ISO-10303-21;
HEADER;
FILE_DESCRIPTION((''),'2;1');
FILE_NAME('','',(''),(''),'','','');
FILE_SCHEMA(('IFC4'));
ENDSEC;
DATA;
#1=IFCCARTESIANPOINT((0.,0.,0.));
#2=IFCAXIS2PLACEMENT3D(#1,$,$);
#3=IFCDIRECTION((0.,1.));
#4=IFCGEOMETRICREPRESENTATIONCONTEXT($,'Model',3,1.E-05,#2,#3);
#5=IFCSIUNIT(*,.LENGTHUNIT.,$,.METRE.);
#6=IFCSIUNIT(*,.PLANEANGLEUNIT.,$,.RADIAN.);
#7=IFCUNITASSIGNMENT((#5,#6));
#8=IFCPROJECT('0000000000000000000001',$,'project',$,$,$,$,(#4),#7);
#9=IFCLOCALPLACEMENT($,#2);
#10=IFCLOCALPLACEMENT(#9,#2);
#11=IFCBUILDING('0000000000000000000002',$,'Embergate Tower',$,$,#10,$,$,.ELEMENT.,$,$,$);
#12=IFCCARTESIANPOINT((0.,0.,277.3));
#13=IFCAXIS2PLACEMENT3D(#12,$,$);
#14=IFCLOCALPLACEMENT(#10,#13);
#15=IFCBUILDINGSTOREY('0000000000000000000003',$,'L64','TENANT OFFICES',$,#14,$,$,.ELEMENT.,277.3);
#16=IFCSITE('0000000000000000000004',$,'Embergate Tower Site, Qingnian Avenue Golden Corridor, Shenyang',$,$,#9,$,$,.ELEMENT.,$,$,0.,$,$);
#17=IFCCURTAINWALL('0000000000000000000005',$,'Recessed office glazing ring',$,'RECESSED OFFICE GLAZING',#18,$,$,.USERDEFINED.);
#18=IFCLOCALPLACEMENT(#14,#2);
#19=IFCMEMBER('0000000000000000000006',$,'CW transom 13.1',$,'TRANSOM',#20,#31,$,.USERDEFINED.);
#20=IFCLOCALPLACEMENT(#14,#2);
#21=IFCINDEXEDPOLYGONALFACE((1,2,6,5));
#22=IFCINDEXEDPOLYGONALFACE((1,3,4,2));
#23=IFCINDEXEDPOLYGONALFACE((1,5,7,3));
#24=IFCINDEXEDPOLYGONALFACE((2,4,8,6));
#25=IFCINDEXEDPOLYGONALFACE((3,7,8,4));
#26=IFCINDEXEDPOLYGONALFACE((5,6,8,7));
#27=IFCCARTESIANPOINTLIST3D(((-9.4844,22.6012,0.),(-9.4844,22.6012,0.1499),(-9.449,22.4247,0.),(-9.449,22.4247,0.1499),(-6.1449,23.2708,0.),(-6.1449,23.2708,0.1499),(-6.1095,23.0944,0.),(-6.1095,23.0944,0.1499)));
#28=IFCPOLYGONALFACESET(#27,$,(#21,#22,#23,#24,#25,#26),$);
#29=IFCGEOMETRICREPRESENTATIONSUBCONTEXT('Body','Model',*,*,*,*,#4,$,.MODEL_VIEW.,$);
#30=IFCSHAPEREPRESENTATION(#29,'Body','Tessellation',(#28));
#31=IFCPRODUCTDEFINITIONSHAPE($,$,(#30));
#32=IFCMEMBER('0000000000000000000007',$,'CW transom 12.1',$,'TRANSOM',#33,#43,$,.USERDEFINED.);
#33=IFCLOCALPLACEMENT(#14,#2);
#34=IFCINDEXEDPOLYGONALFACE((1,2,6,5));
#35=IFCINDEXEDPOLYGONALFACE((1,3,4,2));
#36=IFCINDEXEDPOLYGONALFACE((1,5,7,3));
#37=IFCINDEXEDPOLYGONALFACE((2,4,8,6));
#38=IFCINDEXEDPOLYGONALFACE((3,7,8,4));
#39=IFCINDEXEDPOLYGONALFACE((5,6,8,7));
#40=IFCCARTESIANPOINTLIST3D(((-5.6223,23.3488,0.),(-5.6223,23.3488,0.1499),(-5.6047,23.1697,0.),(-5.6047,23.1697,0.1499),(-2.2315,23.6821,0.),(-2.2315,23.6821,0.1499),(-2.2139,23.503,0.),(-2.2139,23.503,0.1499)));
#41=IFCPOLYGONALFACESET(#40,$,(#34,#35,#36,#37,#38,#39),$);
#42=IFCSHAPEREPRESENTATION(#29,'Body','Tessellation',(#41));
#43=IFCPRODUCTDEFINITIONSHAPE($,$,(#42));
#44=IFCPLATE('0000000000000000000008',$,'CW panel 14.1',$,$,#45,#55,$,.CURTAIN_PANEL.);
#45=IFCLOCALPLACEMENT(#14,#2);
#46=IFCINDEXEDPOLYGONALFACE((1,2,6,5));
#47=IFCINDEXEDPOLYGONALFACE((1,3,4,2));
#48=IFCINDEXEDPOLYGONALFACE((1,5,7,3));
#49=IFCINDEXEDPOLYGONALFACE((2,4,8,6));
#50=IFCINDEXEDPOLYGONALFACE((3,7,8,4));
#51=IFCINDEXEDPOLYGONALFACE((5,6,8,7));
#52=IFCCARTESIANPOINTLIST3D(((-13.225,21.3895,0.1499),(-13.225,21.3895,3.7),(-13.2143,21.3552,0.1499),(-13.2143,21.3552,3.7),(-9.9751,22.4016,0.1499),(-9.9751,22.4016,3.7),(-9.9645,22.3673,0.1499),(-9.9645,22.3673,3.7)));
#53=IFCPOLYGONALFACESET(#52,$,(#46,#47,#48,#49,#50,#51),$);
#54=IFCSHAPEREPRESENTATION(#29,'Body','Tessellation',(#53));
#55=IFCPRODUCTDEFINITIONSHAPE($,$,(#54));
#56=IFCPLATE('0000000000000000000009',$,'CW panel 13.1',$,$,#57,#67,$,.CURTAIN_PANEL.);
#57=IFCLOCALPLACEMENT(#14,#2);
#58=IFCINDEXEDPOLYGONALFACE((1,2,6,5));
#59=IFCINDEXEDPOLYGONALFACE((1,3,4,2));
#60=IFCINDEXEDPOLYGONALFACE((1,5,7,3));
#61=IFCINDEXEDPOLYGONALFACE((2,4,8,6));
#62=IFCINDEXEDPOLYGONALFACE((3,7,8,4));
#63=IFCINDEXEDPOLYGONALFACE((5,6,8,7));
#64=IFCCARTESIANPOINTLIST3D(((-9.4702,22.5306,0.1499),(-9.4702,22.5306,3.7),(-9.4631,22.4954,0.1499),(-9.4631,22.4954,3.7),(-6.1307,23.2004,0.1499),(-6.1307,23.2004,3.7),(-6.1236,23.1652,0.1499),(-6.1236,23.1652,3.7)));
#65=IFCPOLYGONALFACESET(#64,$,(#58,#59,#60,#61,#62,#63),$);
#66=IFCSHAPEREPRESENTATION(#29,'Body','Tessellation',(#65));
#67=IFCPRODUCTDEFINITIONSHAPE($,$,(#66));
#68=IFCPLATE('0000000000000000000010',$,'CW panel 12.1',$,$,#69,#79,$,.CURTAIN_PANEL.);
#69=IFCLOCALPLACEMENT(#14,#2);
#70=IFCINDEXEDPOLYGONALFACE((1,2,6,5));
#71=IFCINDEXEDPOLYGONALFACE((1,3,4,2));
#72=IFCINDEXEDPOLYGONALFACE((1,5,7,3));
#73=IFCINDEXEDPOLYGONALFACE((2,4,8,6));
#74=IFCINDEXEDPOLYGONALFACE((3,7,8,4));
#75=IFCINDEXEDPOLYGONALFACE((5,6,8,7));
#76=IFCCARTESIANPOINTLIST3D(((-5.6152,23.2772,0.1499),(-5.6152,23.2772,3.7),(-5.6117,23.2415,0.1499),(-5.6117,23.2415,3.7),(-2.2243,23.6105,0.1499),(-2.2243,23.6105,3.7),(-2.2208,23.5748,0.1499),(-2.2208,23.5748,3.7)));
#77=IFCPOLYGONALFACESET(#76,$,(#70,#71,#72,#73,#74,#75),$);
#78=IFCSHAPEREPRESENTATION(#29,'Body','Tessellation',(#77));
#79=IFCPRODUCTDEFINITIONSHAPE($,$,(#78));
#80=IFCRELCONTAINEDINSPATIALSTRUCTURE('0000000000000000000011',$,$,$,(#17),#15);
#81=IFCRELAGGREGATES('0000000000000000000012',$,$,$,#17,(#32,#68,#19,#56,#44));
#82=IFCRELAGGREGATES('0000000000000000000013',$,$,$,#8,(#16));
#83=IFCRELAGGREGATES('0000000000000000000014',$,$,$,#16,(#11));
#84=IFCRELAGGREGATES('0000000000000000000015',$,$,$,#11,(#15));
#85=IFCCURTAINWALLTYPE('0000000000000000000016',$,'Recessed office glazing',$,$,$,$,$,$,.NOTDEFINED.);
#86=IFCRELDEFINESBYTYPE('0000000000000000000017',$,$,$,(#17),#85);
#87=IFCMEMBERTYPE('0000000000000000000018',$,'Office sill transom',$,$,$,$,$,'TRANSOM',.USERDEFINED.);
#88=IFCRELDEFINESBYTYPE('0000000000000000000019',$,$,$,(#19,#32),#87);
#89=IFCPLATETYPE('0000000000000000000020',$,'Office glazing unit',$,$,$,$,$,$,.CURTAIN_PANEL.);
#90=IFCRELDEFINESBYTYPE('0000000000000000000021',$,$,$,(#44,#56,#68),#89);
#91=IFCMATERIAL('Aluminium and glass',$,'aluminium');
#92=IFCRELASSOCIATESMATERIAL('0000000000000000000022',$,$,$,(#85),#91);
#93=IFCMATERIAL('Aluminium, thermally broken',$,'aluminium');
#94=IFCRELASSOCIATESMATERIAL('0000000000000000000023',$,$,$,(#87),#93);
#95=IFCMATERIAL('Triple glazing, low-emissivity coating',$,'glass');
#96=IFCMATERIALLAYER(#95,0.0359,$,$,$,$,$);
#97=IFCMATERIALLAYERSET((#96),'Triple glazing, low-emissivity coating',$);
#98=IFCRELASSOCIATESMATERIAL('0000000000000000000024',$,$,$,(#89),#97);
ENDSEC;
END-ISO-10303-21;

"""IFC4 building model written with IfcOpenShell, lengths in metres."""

from ifc_helpers import new_model, si_unit, direction, frame, origin, origin_2d, place, context, subcontext, project, spatial, rectangle, extrude, source, transform, mapped, material, layer, layer_set, material_profile, profile_set, type_object, element, aggregate, save


model = new_model("IFC4")

# Units and contexts
model_context = context("Model", 3, precision=1e-05, world=origin(), true_north=direction((0.0, 1.0)))
body_context = subcontext(model_context, "Body", "Model", "MODEL_VIEW")
ifc_project = project(units=[si_unit("LENGTHUNIT", "METRE"), si_unit("PLANEANGLEUNIT", "RADIAN")], contexts=[model_context])

# Site, building, storey
site_placement = place(None, origin())
site = spatial("IfcSite", under=ifc_project, at=site_placement, Name="Embergate Tower Site, Qingnian Avenue Golden Corridor, Shenyang", CompositionType="ELEMENT", RefElevation=0.0)
building_placement = place(site_placement, origin())
building = spatial("IfcBuilding", under=site, at=building_placement, Name="Embergate Tower", CompositionType="ELEMENT")
storey_placement = place(building_placement, frame((0.0, 0.0, 277.3)))
storey = spatial("IfcBuildingStorey", under=building, at=storey_placement, Name="L64", Description="TENANT OFFICES", CompositionType="ELEMENT", Elevation=277.3)

# Curtain wall, members, plates
ifc_material_1 = material(Name="Aluminium and glass", Category="aluminium")
curtain_wall_type = type_object("IfcCurtainWallType", Name="Recessed office glazing", PredefinedType="NOTDEFINED", material=ifc_material_1)
curtain_wall_placement = place(storey_placement, origin())
curtain_wall = element("IfcCurtainWall", 1, at=curtain_wall_placement, inside=storey, type_object=curtain_wall_type, Name="Recessed office glazing ring", ObjectType="RECESSED OFFICE GLAZING", PredefinedType="USERDEFINED")
ifc_material_2 = material(Name="Aluminium, thermally broken", Category="aluminium")
ifc_material_profile_1 = material_profile(ifc_material_2, rectangle(XDim=0.1799, YDim=0.1499, at=origin_2d()), Name="AL 150x180")
ifc_profile_set_1 = profile_set([ifc_material_profile_1], Name="Aluminium, thermally broken")
member_type_1 = type_object("IfcMemberType", Name="Office sill transom", ElementType="TRANSOM", PredefinedType="USERDEFINED", material=ifc_profile_set_1)
shared_shape_1 = source(origin(), body_context, "Body", "SweptSolid", [
    extrude(rectangle(XDim=0.1799, YDim=0.1499, at=origin_2d()), origin(), (0.0, 0.0, 1.0), 3.406),
])
member_1_placement = place(storey_placement, frame((-6.1272, 23.1826, 0.075), z_axis=(-0.980481, -0.196612, 0.0), x_axis=(0.196612, -0.980481, 0.0)))
member_1 = element("IfcMember", 2, at=member_1_placement, type_object=member_type_1, Name="CW transom 13.1", ObjectType="TRANSOM", PredefinedType="USERDEFINED", context=body_context, shape_type="MappedRepresentation", body=[
    mapped(shared_shape_1, transform((0.0, 0.0, 0.0))),
])
shared_shape_2 = source(origin(), body_context, "Body", "SweptSolid", [
    extrude(rectangle(XDim=0.1799, YDim=0.1499, at=origin_2d()), origin(), (0.0, 0.0, 1.0), 3.4072),
])
member_2_placement = place(storey_placement, frame((-2.2227, 23.5925, 0.075), z_axis=(-0.995205, -0.097808, 0.0), x_axis=(0.097808, -0.995205, 0.0)))
member_2 = element("IfcMember", 3, at=member_2_placement, type_object=member_type_1, Name="CW transom 12.1", ObjectType="TRANSOM", PredefinedType="USERDEFINED", context=body_context, shape_type="MappedRepresentation", body=[
    mapped(shared_shape_2, transform((0.0, 0.0, 0.0))),
])
ifc_material_3 = material(Name="Triple glazing, low-emissivity coating", Category="glass")
ifc_layer = layer(ifc_material_3, 0.0359)
ifc_layer_set = layer_set([ifc_layer], Name="Triple glazing, low-emissivity coating")
plate_type = type_object("IfcPlateType", Name="Office glazing unit", PredefinedType="CURTAIN_PANEL", material=ifc_layer_set)
shared_shape_3 = source(origin(), body_context, "Body", "SweptSolid", [
    extrude(rectangle(XDim=3.4038, YDim=0.0359, at=origin_2d()), origin(), (0.0, 0.0, 1.0), 3.55),
])
plate_1_placement = place(storey_placement, frame((-11.5947, 21.8784, 0.1499), z_axis=(0.0, 0.0, 1.0), x_axis=(-0.954773, -0.297337, 0.0)))
plate_1 = element("IfcPlate", 4, at=plate_1_placement, type_object=plate_type, Name="CW panel 14.1", PredefinedType="CURTAIN_PANEL", context=body_context, shape_type="MappedRepresentation", body=[
    mapped(shared_shape_3, transform((0.0, 0.0, 0.0))),
])
shared_shape_4 = source(origin(), body_context, "Body", "SweptSolid", [
    extrude(rectangle(XDim=3.406, YDim=0.0359, at=origin_2d()), origin(), (0.0, 0.0, 1.0), 3.55),
])
plate_2_placement = place(storey_placement, frame((-7.7969, 22.8479, 0.1499), z_axis=(0.0, 0.0, 1.0), x_axis=(-0.980476, -0.196639, 0.0)))
plate_2 = element("IfcPlate", 5, at=plate_2_placement, type_object=plate_type, Name="CW panel 13.1", PredefinedType="CURTAIN_PANEL", context=body_context, shape_type="MappedRepresentation", body=[
    mapped(shared_shape_4, transform((0.0, 0.0, 0.0))),
])
shared_shape_5 = source(origin(), body_context, "Body", "SweptSolid", [
    extrude(rectangle(XDim=3.4072, YDim=0.0359, at=origin_2d()), origin(), (0.0, 0.0, 1.0), 3.55),
])
plate_3_placement = place(storey_placement, frame((-3.918, 23.426, 0.1499), z_axis=(0.0, 0.0, 1.0), x_axis=(-0.995203, -0.09783, 0.0)))
plate_3 = element("IfcPlate", 6, at=plate_3_placement, type_object=plate_type, Name="CW panel 12.1", PredefinedType="CURTAIN_PANEL", context=body_context, shape_type="MappedRepresentation", body=[
    mapped(shared_shape_5, transform((0.0, 0.0, 0.0))),
])
aggregate(curtain_wall, [member_2, plate_3, member_1, plate_2, plate_1])

save(model, "model.ifc")
